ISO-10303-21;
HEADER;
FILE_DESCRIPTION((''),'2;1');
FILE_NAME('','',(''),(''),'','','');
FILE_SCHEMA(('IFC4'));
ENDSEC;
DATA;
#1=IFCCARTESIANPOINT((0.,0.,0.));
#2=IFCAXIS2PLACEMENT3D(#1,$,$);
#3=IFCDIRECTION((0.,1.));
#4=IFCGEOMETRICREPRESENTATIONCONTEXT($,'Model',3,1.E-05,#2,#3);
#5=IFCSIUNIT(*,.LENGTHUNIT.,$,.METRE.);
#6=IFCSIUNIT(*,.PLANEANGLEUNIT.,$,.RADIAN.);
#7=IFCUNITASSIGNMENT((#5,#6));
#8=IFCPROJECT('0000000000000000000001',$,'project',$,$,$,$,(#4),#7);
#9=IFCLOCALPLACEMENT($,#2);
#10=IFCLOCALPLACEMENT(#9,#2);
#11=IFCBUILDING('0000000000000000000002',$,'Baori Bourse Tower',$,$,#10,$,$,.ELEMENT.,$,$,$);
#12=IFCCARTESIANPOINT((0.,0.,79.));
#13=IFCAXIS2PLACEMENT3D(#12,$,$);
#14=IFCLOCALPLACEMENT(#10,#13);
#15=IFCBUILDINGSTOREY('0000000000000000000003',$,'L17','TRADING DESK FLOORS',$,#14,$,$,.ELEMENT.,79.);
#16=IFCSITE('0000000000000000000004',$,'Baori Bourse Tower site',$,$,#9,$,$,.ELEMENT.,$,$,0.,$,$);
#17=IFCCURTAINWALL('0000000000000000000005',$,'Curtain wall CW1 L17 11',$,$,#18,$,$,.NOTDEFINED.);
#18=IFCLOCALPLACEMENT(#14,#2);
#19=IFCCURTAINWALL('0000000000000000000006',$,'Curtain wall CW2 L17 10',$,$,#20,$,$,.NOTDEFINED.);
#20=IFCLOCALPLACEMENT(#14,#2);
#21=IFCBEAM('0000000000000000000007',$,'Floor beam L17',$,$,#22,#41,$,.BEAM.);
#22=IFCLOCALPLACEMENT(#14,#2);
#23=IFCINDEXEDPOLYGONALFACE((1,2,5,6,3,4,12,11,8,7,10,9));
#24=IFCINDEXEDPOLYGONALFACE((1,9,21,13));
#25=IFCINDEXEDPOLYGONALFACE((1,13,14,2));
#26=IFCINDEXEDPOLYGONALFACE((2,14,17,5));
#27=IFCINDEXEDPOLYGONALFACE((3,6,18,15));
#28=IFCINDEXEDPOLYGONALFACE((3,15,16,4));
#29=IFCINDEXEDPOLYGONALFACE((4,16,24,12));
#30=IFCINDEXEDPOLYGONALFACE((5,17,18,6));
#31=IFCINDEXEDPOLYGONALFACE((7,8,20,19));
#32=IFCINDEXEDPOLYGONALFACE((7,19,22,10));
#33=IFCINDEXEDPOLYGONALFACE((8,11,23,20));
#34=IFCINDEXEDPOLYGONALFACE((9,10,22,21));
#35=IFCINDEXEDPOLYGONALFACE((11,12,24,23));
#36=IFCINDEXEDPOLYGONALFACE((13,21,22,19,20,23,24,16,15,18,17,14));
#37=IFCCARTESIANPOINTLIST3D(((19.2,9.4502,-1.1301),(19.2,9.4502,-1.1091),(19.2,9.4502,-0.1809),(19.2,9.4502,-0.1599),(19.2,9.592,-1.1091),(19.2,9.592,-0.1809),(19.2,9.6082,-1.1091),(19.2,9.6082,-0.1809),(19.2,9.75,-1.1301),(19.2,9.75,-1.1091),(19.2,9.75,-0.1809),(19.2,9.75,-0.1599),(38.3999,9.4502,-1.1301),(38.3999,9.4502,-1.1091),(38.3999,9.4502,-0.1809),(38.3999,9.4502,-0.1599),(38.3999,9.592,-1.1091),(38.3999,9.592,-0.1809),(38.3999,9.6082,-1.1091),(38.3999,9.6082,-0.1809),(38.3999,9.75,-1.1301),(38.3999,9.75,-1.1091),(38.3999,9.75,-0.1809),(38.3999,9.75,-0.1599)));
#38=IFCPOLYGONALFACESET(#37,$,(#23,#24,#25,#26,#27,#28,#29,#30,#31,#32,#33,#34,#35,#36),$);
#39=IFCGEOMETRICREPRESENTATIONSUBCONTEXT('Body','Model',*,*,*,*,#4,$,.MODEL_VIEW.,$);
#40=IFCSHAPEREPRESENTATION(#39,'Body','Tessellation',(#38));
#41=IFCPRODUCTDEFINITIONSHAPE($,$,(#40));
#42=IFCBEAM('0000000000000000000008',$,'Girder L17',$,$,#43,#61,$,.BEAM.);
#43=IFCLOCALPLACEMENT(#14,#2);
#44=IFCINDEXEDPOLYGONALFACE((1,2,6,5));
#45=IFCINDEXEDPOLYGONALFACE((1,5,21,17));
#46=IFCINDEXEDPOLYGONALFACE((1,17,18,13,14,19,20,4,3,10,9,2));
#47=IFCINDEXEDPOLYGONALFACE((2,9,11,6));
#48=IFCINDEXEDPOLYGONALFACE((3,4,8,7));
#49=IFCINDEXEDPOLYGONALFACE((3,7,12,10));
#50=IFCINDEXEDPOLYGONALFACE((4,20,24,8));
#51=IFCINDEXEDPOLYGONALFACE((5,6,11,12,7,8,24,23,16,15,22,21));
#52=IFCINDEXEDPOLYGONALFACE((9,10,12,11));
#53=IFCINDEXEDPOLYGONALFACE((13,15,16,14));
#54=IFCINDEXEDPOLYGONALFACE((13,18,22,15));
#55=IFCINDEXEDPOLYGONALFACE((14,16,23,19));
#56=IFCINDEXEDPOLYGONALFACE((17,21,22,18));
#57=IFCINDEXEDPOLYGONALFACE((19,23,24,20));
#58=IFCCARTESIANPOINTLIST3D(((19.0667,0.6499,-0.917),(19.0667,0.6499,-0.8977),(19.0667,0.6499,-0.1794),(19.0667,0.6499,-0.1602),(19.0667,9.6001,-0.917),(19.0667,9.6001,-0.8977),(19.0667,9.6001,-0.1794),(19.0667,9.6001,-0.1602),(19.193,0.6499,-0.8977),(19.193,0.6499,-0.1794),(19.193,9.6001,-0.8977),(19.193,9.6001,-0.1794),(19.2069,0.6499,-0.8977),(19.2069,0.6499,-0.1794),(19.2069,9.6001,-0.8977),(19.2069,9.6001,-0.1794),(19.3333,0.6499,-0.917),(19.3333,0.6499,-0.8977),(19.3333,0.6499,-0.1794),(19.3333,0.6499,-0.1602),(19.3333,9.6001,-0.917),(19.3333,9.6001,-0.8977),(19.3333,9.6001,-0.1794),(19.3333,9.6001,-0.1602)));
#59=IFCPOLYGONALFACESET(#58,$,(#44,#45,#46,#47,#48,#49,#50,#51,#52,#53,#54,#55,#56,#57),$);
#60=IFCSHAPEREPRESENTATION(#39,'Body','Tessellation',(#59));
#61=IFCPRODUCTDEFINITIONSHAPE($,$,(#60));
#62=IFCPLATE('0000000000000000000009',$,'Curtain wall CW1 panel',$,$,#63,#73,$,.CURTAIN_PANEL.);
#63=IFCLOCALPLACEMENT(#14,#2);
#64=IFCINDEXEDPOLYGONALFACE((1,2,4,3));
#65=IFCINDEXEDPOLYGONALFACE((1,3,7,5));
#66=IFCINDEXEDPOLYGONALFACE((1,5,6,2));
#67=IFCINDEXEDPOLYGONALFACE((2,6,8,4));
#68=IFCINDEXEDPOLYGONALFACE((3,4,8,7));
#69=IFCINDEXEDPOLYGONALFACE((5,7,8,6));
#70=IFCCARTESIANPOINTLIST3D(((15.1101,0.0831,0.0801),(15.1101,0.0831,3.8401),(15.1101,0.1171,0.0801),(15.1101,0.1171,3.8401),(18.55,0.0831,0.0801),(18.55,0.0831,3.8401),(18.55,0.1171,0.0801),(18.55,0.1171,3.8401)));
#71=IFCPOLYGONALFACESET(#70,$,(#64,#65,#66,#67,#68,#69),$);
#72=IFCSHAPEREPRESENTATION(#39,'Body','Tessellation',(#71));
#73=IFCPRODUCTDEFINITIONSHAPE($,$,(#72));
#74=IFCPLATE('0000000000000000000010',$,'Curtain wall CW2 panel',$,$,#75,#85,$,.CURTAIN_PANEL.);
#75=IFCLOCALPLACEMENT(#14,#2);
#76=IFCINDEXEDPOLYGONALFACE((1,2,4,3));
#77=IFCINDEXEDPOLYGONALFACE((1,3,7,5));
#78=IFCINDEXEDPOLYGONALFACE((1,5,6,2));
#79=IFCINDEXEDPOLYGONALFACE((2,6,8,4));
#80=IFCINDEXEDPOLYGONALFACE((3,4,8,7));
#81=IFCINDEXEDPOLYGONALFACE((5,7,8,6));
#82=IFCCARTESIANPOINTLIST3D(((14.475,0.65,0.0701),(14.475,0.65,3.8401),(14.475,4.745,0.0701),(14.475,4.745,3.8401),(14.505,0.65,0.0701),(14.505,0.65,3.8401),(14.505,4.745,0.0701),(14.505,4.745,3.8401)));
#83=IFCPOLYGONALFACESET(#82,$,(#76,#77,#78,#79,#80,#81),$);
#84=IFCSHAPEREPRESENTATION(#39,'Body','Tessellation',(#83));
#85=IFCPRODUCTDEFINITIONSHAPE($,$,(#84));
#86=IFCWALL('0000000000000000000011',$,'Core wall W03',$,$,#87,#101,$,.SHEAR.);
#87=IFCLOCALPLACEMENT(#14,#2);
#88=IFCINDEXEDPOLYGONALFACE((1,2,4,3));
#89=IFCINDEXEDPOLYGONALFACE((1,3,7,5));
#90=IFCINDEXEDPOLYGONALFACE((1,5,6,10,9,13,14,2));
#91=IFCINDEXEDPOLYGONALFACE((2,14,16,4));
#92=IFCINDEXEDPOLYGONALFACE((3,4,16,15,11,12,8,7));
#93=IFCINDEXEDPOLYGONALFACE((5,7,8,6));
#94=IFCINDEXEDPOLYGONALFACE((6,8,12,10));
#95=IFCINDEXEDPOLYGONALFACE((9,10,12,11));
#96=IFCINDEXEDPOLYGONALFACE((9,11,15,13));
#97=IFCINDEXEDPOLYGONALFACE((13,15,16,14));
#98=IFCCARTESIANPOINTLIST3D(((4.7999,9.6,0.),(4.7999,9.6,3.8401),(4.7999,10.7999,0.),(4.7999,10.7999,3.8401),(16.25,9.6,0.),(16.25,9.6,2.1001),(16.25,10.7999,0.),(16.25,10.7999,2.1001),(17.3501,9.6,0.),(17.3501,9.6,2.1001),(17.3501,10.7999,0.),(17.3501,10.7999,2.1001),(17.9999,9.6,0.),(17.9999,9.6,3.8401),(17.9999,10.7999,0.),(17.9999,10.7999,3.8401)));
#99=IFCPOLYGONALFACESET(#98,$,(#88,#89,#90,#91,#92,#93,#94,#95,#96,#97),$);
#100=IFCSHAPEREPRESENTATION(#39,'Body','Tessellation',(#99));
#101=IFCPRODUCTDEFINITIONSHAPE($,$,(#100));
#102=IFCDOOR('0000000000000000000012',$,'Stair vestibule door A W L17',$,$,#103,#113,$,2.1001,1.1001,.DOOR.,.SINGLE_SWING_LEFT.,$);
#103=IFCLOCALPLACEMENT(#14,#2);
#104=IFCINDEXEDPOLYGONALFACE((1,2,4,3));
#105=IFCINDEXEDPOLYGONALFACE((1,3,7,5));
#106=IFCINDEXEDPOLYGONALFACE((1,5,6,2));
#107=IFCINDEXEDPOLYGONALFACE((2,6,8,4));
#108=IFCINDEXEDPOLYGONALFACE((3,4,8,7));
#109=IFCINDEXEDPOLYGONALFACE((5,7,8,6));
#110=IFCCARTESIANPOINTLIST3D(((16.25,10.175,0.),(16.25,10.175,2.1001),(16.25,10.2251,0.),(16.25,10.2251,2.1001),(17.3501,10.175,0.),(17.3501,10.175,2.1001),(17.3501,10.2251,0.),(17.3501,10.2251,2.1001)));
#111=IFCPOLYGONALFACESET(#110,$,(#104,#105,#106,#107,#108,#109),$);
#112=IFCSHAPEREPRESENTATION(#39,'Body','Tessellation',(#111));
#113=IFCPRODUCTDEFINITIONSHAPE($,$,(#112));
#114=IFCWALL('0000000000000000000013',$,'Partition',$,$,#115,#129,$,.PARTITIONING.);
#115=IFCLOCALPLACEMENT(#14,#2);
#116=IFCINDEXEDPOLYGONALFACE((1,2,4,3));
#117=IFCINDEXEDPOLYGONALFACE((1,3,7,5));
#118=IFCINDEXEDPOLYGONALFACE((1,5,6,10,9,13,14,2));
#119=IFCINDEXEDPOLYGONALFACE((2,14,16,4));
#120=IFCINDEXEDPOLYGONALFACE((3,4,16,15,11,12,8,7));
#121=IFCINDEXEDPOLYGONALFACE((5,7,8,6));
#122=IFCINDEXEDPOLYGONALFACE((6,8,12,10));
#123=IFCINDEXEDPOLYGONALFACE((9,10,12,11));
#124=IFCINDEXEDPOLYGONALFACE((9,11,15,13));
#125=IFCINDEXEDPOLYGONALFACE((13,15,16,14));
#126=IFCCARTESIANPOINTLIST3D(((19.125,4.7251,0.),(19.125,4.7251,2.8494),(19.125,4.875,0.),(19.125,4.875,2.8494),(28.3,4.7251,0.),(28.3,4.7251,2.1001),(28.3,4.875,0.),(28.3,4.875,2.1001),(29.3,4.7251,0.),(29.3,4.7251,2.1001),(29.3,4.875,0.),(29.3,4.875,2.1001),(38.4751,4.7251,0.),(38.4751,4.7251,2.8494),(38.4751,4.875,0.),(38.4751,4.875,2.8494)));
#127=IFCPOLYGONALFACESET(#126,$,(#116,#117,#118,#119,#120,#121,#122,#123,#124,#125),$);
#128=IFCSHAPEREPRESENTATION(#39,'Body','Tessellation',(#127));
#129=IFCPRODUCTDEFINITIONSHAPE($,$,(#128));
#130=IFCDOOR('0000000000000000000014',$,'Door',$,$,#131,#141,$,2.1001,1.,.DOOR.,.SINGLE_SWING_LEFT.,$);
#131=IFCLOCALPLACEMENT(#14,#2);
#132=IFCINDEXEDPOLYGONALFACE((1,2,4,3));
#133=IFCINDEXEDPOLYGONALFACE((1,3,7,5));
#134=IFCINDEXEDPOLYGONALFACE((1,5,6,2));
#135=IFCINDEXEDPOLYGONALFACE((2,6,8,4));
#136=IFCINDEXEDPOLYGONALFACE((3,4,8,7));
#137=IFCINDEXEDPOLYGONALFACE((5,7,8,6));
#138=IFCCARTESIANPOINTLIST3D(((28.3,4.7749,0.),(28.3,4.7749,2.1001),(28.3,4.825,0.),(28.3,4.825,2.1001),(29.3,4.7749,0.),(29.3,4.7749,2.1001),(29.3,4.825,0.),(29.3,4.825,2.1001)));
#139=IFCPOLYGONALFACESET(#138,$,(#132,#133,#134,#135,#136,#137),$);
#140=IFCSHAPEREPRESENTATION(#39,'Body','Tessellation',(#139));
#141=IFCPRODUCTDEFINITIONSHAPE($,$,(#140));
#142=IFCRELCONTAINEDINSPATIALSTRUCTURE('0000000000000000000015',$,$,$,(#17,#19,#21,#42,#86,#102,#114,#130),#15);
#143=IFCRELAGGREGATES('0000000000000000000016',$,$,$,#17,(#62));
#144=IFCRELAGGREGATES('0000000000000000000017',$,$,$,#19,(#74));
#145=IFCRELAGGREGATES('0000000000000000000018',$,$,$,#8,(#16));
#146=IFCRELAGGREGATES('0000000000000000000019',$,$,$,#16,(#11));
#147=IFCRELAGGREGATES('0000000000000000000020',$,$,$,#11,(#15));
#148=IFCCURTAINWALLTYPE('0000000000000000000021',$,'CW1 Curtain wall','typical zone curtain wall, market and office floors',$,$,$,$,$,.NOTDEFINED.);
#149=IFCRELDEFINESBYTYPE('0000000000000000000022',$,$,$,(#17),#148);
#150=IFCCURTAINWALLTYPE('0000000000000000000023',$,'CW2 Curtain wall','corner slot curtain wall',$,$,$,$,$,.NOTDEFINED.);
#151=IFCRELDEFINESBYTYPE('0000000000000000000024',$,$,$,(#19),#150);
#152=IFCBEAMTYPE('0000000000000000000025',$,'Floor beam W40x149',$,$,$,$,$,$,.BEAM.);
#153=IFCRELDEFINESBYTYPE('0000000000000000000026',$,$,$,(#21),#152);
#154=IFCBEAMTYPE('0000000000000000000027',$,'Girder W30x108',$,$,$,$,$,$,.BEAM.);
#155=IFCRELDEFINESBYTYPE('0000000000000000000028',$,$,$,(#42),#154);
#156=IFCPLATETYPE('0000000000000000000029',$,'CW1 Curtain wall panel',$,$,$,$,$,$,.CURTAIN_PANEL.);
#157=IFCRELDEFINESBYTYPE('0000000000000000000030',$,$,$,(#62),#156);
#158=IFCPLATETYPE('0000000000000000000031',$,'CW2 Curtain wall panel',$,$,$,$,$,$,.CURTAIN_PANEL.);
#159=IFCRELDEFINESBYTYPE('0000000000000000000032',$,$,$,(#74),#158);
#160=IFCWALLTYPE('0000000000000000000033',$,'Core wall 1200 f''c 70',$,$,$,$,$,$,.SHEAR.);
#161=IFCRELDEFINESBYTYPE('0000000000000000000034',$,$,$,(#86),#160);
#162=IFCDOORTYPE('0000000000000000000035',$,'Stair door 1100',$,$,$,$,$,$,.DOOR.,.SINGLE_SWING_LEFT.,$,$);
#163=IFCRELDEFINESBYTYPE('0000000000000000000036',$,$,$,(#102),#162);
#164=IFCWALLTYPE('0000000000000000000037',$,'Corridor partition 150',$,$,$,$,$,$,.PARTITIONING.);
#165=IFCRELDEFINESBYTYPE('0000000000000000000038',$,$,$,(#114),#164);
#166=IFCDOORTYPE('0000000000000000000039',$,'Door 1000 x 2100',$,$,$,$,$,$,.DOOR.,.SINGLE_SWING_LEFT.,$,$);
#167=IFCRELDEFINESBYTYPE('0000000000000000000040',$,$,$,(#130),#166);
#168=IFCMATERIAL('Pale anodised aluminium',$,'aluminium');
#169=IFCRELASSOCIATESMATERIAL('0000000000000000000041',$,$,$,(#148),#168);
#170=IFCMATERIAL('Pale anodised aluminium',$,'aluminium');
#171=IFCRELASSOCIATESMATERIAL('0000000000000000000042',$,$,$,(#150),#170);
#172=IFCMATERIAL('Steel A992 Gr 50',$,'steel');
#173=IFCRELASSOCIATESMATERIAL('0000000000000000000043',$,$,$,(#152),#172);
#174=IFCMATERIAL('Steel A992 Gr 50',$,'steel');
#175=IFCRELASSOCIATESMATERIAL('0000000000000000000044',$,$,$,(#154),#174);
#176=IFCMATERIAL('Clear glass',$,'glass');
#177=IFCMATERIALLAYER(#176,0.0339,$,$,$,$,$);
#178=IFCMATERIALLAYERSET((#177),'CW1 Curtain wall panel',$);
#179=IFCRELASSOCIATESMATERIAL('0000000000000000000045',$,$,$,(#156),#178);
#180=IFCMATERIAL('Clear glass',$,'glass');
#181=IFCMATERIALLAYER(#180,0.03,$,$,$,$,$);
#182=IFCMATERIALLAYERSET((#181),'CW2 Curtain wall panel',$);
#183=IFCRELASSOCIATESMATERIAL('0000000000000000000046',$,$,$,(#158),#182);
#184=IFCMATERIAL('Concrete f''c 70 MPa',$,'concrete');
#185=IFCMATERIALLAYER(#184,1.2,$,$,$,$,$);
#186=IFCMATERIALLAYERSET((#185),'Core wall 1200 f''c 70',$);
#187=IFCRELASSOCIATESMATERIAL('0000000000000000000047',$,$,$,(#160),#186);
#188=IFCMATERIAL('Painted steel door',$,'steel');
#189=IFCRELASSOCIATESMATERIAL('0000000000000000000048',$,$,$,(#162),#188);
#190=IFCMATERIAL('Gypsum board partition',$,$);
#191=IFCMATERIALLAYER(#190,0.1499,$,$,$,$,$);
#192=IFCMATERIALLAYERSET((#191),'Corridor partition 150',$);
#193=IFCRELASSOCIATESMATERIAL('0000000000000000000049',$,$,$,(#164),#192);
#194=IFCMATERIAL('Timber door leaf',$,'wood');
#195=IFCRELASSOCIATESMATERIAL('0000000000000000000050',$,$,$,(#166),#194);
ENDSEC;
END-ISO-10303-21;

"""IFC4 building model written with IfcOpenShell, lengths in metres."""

from ifc_helpers import new_model, si_unit, direction, frame, frame_2d, origin, origin_2d, place, context, subcontext, project, spatial, rectangle, i_section, extrude, material, layer, layer_set, material_profile, profile_set, type_object, element, fill, aggregate, save


model = new_model("IFC4")

# Units and contexts
model_context = context("Model", 3, precision=1e-05, world=origin(), true_north=direction((0.0, 1.0)))
body_context = subcontext(model_context, "Body", "Model", "MODEL_VIEW")
ifc_project = project(units=[si_unit("LENGTHUNIT", "METRE"), si_unit("PLANEANGLEUNIT", "RADIAN")], contexts=[model_context])

# Site, building, storey
site_placement = place(None, origin())
site = spatial("IfcSite", under=ifc_project, at=site_placement, Name="Baori Bourse Tower site", CompositionType="ELEMENT", RefElevation=0.0)
building_placement = place(site_placement, origin())
building = spatial("IfcBuilding", under=site, at=building_placement, Name="Baori Bourse Tower", CompositionType="ELEMENT")
storey_placement = place(building_placement, frame((0.0, 0.0, 79.0)))
storey = spatial("IfcBuildingStorey", under=building, at=storey_placement, Name="L17", Description="TRADING DESK FLOORS", CompositionType="ELEMENT", Elevation=79.0)

# Curtain walls
ifc_material_1 = material(Name="Pale anodised aluminium", Category="aluminium")
curtain_wall_type_1 = type_object("IfcCurtainWallType", Name="CW1 Curtain wall", Description="typical zone curtain wall, market and office floors", PredefinedType="NOTDEFINED", material=ifc_material_1)
curtain_wall_1_placement = place(storey_placement, origin())
curtain_wall_1 = element("IfcCurtainWall", 1, at=curtain_wall_1_placement, inside=storey, type_object=curtain_wall_type_1, Name="Curtain wall CW1 L17 11", PredefinedType="NOTDEFINED")
ifc_material_2 = material(Name="Pale anodised aluminium", Category="aluminium")
curtain_wall_type_2 = type_object("IfcCurtainWallType", Name="CW2 Curtain wall", Description="corner slot curtain wall", PredefinedType="NOTDEFINED", material=ifc_material_2)
curtain_wall_2_placement = place(storey_placement, origin())
curtain_wall_2 = element("IfcCurtainWall", 2, at=curtain_wall_2_placement, inside=storey, type_object=curtain_wall_type_2, Name="Curtain wall CW2 L17 10", PredefinedType="NOTDEFINED")

# Beams
ifc_material_3 = material(Name="Steel A992 Gr 50", Category="steel")
ifc_material_profile_1 = material_profile(ifc_material_3, i_section(OverallWidth=0.2998, OverallDepth=0.9702, WebThickness=0.0161, FlangeThickness=0.021, at=origin_2d()), Name="W40x149")
ifc_profile_set_1 = profile_set([ifc_material_profile_1], Name="Steel A992 Gr 50")
beam_type_1 = type_object("IfcBeamType", Name="Floor beam W40x149", PredefinedType="BEAM", material=ifc_profile_set_1)
beam_1_placement = place(storey_placement, frame((19.2, 9.6001, -0.645), z_axis=(1.0, 0.0, 0.0), x_axis=(0.0, 1.0, 0.0)))
element("IfcBeam", 3, at=beam_1_placement, inside=storey, type_object=beam_type_1, Name="Floor beam L17", PredefinedType="BEAM", context=body_context, shape_type="SweptSolid", body=[
    extrude(i_section(OverallWidth=0.2998, OverallDepth=0.9702, WebThickness=0.0161, FlangeThickness=0.021, at=origin_2d()), origin(), (0.0, 0.0, 1.0), 19.2),
])
ifc_material_4 = material(Name="Steel A992 Gr 50", Category="steel")
ifc_material_profile_2 = material_profile(ifc_material_4, i_section(OverallWidth=0.2666, OverallDepth=0.7568, WebThickness=0.0139, FlangeThickness=0.0193, at=origin_2d()), Name="W30x108")
ifc_profile_set_2 = profile_set([ifc_material_profile_2], Name="Steel A992 Gr 50")
beam_type_2 = type_object("IfcBeamType", Name="Girder W30x108", PredefinedType="BEAM", material=ifc_profile_set_2)
beam_2_placement = place(storey_placement, frame((19.2, 0.6499, -0.5386), z_axis=(0.0, 1.0, 0.0), x_axis=(-1.0, 0.0, 0.0)))
element("IfcBeam", 4, at=beam_2_placement, inside=storey, type_object=beam_type_2, Name="Girder L17", PredefinedType="BEAM", context=body_context, shape_type="SweptSolid", body=[
    extrude(i_section(OverallWidth=0.2666, OverallDepth=0.7568, WebThickness=0.0139, FlangeThickness=0.0193, at=origin_2d()), origin(), (0.0, 0.0, 1.0), 8.9502),
])

# Plates
ifc_material_5 = material(Name="Clear glass", Category="glass")
ifc_layer_1 = layer(ifc_material_5, 0.0339)
ifc_layer_set_1 = layer_set([ifc_layer_1], Name="CW1 Curtain wall panel")
plate_type_1 = type_object("IfcPlateType", Name="CW1 Curtain wall panel", PredefinedType="CURTAIN_PANEL", material=ifc_layer_set_1)
plate_1_placement = place(storey_placement, frame((16.8301, 0.1001, 0.0801), z_axis=(0.0, 0.0, 1.0), x_axis=(1.0, 0.0, 0.0)))
plate_1 = element("IfcPlate", 5, at=plate_1_placement, type_object=plate_type_1, Name="Curtain wall CW1 panel", PredefinedType="CURTAIN_PANEL", context=body_context, shape_type="SweptSolid", body=[
    extrude(rectangle(XDim=3.4399, YDim=0.0339, at=origin_2d()), origin(), (0.0, 0.0, 1.0), 3.76),
])
aggregate(curtain_wall_1, [plate_1])
ifc_material_6 = material(Name="Clear glass", Category="glass")
ifc_layer_2 = layer(ifc_material_6, 0.03)
ifc_layer_set_2 = layer_set([ifc_layer_2], Name="CW2 Curtain wall panel")
plate_type_2 = type_object("IfcPlateType", Name="CW2 Curtain wall panel", PredefinedType="CURTAIN_PANEL", material=ifc_layer_set_2)
plate_2_placement = place(storey_placement, frame((14.49, 2.6975, 0.0701), z_axis=(0.0, 0.0, 1.0), x_axis=(0.0, -1.0, 0.0)))
plate_2 = element("IfcPlate", 6, at=plate_2_placement, type_object=plate_type_2, Name="Curtain wall CW2 panel", PredefinedType="CURTAIN_PANEL", context=body_context, shape_type="SweptSolid", body=[
    extrude(rectangle(XDim=4.095, YDim=0.03, at=origin_2d()), origin(), (0.0, 0.0, 1.0), 3.77),
])
aggregate(curtain_wall_2, [plate_2])

# Walls, openings, doors
ifc_material_7 = material(Name="Concrete f'c 70 MPa", Category="concrete")
ifc_layer_3 = layer(ifc_material_7, 1.2)
ifc_layer_set_3 = layer_set([ifc_layer_3], Name="Core wall 1200 f'c 70")
wall_type_1 = type_object("IfcWallType", Name="Core wall 1200 f'c 70", PredefinedType="SHEAR", material=ifc_layer_set_3)
wall_1_placement = place(storey_placement, frame((18.0, 10.2, 0.0), z_axis=(0.0, 0.0, 1.0), x_axis=(-1.0, 0.0, 0.0)))
wall_1 = element("IfcWall", 7, at=wall_1_placement, inside=storey, type_object=wall_type_1, Name="Core wall W03", PredefinedType="SHEAR", context=body_context, shape_type="SweptSolid", body=[
    extrude(rectangle(XDim=13.2, YDim=1.2, at=frame_2d((6.6001, 0.0))), origin(), (0.0, 0.0, 1.0), 3.8401),
])
opening_1_placement = place(wall_1_placement, frame((0.6499, 0.0, 0.0)))
opening_1 = element("IfcOpeningElement", 8, at=opening_1_placement, cuts=wall_1, PredefinedType="OPENING", context=body_context, shape_type="SweptSolid", body=[
    extrude(rectangle(XDim=1.1001, YDim=2.1001, at=frame_2d((0.55, 1.05))), frame((0.0, 0.6099, 0.0), z_axis=(0.0, -1.0, 0.0), x_axis=(1.0, 0.0, 0.0)), (0.0, 0.0, 1.0), 1.22),
])
ifc_material_8 = material(Name="Painted steel door", Category="steel")
door_type_1 = type_object("IfcDoorType", Name="Stair door 1100", OperationType="SINGLE_SWING_LEFT", PredefinedType="DOOR", material=ifc_material_8)
door_1_placement = place(opening_1_placement, origin())
door_1 = element("IfcDoor", 9, at=door_1_placement, inside=storey, type_object=door_type_1, Name="Stair vestibule door A W L17", OperationType="SINGLE_SWING_LEFT", OverallHeight=2.1001, OverallWidth=1.1001, PredefinedType="DOOR", context=body_context, shape_type="SweptSolid", body=[
    extrude(rectangle(XDim=1.1001, YDim=2.1001, at=frame_2d((0.55, 1.05))), frame((0.0, 0.0249, 0.0), z_axis=(0.0, -1.0, 0.0), x_axis=(1.0, 0.0, 0.0)), (0.0, 0.0, 1.0), 0.05),
])
fill(opening_1, door_1)
ifc_material_9 = material(Name="Gypsum board partition")
ifc_layer_4 = layer(ifc_material_9, 0.1499)
ifc_layer_set_4 = layer_set([ifc_layer_4], Name="Corridor partition 150")
wall_type_2 = type_object("IfcWallType", Name="Corridor partition 150", PredefinedType="PARTITIONING", material=ifc_layer_set_4)
wall_2_placement = place(storey_placement, frame((19.125, 4.8, 0.0), z_axis=(0.0, 0.0, 1.0), x_axis=(1.0, 0.0, 0.0)))
wall_2 = element("IfcWall", 10, at=wall_2_placement, inside=storey, type_object=wall_type_2, Name="Partition", PredefinedType="PARTITIONING", context=body_context, shape_type="SweptSolid", body=[
    extrude(rectangle(XDim=19.3501, YDim=0.1499, at=frame_2d((9.675, 0.0))), origin(), (0.0, 0.0, 1.0), 2.8494),
])
opening_2_placement = place(wall_2_placement, frame((9.175, 0.0, 0.0)))
opening_2 = element("IfcOpeningElement", 11, at=opening_2_placement, cuts=wall_2, PredefinedType="OPENING", context=body_context, shape_type="SweptSolid", body=[
    extrude(rectangle(XDim=1.0, YDim=2.1001, at=frame_2d((0.5, 1.05))), frame((0.0, 0.085, 0.0), z_axis=(0.0, -1.0, 0.0), x_axis=(1.0, 0.0, 0.0)), (0.0, 0.0, 1.0), 0.1699),
])
ifc_material_10 = material(Name="Timber door leaf", Category="wood")
door_type_2 = type_object("IfcDoorType", Name="Door 1000 x 2100", OperationType="SINGLE_SWING_LEFT", PredefinedType="DOOR", material=ifc_material_10)
door_2_placement = place(opening_2_placement, origin())
door_2 = element("IfcDoor", 12, at=door_2_placement, inside=storey, type_object=door_type_2, Name="Door", OperationType="SINGLE_SWING_LEFT", OverallHeight=2.1001, OverallWidth=1.0, PredefinedType="DOOR", context=body_context, shape_type="SweptSolid", body=[
    extrude(rectangle(XDim=1.0, YDim=2.1001, at=frame_2d((0.5, 1.05))), frame((0.0, 0.0249, 0.0), z_axis=(0.0, -1.0, 0.0), x_axis=(1.0, 0.0, 0.0)), (0.0, 0.0, 1.0), 0.05),
])
fill(opening_2, door_2)

save(model, "model.ifc")
